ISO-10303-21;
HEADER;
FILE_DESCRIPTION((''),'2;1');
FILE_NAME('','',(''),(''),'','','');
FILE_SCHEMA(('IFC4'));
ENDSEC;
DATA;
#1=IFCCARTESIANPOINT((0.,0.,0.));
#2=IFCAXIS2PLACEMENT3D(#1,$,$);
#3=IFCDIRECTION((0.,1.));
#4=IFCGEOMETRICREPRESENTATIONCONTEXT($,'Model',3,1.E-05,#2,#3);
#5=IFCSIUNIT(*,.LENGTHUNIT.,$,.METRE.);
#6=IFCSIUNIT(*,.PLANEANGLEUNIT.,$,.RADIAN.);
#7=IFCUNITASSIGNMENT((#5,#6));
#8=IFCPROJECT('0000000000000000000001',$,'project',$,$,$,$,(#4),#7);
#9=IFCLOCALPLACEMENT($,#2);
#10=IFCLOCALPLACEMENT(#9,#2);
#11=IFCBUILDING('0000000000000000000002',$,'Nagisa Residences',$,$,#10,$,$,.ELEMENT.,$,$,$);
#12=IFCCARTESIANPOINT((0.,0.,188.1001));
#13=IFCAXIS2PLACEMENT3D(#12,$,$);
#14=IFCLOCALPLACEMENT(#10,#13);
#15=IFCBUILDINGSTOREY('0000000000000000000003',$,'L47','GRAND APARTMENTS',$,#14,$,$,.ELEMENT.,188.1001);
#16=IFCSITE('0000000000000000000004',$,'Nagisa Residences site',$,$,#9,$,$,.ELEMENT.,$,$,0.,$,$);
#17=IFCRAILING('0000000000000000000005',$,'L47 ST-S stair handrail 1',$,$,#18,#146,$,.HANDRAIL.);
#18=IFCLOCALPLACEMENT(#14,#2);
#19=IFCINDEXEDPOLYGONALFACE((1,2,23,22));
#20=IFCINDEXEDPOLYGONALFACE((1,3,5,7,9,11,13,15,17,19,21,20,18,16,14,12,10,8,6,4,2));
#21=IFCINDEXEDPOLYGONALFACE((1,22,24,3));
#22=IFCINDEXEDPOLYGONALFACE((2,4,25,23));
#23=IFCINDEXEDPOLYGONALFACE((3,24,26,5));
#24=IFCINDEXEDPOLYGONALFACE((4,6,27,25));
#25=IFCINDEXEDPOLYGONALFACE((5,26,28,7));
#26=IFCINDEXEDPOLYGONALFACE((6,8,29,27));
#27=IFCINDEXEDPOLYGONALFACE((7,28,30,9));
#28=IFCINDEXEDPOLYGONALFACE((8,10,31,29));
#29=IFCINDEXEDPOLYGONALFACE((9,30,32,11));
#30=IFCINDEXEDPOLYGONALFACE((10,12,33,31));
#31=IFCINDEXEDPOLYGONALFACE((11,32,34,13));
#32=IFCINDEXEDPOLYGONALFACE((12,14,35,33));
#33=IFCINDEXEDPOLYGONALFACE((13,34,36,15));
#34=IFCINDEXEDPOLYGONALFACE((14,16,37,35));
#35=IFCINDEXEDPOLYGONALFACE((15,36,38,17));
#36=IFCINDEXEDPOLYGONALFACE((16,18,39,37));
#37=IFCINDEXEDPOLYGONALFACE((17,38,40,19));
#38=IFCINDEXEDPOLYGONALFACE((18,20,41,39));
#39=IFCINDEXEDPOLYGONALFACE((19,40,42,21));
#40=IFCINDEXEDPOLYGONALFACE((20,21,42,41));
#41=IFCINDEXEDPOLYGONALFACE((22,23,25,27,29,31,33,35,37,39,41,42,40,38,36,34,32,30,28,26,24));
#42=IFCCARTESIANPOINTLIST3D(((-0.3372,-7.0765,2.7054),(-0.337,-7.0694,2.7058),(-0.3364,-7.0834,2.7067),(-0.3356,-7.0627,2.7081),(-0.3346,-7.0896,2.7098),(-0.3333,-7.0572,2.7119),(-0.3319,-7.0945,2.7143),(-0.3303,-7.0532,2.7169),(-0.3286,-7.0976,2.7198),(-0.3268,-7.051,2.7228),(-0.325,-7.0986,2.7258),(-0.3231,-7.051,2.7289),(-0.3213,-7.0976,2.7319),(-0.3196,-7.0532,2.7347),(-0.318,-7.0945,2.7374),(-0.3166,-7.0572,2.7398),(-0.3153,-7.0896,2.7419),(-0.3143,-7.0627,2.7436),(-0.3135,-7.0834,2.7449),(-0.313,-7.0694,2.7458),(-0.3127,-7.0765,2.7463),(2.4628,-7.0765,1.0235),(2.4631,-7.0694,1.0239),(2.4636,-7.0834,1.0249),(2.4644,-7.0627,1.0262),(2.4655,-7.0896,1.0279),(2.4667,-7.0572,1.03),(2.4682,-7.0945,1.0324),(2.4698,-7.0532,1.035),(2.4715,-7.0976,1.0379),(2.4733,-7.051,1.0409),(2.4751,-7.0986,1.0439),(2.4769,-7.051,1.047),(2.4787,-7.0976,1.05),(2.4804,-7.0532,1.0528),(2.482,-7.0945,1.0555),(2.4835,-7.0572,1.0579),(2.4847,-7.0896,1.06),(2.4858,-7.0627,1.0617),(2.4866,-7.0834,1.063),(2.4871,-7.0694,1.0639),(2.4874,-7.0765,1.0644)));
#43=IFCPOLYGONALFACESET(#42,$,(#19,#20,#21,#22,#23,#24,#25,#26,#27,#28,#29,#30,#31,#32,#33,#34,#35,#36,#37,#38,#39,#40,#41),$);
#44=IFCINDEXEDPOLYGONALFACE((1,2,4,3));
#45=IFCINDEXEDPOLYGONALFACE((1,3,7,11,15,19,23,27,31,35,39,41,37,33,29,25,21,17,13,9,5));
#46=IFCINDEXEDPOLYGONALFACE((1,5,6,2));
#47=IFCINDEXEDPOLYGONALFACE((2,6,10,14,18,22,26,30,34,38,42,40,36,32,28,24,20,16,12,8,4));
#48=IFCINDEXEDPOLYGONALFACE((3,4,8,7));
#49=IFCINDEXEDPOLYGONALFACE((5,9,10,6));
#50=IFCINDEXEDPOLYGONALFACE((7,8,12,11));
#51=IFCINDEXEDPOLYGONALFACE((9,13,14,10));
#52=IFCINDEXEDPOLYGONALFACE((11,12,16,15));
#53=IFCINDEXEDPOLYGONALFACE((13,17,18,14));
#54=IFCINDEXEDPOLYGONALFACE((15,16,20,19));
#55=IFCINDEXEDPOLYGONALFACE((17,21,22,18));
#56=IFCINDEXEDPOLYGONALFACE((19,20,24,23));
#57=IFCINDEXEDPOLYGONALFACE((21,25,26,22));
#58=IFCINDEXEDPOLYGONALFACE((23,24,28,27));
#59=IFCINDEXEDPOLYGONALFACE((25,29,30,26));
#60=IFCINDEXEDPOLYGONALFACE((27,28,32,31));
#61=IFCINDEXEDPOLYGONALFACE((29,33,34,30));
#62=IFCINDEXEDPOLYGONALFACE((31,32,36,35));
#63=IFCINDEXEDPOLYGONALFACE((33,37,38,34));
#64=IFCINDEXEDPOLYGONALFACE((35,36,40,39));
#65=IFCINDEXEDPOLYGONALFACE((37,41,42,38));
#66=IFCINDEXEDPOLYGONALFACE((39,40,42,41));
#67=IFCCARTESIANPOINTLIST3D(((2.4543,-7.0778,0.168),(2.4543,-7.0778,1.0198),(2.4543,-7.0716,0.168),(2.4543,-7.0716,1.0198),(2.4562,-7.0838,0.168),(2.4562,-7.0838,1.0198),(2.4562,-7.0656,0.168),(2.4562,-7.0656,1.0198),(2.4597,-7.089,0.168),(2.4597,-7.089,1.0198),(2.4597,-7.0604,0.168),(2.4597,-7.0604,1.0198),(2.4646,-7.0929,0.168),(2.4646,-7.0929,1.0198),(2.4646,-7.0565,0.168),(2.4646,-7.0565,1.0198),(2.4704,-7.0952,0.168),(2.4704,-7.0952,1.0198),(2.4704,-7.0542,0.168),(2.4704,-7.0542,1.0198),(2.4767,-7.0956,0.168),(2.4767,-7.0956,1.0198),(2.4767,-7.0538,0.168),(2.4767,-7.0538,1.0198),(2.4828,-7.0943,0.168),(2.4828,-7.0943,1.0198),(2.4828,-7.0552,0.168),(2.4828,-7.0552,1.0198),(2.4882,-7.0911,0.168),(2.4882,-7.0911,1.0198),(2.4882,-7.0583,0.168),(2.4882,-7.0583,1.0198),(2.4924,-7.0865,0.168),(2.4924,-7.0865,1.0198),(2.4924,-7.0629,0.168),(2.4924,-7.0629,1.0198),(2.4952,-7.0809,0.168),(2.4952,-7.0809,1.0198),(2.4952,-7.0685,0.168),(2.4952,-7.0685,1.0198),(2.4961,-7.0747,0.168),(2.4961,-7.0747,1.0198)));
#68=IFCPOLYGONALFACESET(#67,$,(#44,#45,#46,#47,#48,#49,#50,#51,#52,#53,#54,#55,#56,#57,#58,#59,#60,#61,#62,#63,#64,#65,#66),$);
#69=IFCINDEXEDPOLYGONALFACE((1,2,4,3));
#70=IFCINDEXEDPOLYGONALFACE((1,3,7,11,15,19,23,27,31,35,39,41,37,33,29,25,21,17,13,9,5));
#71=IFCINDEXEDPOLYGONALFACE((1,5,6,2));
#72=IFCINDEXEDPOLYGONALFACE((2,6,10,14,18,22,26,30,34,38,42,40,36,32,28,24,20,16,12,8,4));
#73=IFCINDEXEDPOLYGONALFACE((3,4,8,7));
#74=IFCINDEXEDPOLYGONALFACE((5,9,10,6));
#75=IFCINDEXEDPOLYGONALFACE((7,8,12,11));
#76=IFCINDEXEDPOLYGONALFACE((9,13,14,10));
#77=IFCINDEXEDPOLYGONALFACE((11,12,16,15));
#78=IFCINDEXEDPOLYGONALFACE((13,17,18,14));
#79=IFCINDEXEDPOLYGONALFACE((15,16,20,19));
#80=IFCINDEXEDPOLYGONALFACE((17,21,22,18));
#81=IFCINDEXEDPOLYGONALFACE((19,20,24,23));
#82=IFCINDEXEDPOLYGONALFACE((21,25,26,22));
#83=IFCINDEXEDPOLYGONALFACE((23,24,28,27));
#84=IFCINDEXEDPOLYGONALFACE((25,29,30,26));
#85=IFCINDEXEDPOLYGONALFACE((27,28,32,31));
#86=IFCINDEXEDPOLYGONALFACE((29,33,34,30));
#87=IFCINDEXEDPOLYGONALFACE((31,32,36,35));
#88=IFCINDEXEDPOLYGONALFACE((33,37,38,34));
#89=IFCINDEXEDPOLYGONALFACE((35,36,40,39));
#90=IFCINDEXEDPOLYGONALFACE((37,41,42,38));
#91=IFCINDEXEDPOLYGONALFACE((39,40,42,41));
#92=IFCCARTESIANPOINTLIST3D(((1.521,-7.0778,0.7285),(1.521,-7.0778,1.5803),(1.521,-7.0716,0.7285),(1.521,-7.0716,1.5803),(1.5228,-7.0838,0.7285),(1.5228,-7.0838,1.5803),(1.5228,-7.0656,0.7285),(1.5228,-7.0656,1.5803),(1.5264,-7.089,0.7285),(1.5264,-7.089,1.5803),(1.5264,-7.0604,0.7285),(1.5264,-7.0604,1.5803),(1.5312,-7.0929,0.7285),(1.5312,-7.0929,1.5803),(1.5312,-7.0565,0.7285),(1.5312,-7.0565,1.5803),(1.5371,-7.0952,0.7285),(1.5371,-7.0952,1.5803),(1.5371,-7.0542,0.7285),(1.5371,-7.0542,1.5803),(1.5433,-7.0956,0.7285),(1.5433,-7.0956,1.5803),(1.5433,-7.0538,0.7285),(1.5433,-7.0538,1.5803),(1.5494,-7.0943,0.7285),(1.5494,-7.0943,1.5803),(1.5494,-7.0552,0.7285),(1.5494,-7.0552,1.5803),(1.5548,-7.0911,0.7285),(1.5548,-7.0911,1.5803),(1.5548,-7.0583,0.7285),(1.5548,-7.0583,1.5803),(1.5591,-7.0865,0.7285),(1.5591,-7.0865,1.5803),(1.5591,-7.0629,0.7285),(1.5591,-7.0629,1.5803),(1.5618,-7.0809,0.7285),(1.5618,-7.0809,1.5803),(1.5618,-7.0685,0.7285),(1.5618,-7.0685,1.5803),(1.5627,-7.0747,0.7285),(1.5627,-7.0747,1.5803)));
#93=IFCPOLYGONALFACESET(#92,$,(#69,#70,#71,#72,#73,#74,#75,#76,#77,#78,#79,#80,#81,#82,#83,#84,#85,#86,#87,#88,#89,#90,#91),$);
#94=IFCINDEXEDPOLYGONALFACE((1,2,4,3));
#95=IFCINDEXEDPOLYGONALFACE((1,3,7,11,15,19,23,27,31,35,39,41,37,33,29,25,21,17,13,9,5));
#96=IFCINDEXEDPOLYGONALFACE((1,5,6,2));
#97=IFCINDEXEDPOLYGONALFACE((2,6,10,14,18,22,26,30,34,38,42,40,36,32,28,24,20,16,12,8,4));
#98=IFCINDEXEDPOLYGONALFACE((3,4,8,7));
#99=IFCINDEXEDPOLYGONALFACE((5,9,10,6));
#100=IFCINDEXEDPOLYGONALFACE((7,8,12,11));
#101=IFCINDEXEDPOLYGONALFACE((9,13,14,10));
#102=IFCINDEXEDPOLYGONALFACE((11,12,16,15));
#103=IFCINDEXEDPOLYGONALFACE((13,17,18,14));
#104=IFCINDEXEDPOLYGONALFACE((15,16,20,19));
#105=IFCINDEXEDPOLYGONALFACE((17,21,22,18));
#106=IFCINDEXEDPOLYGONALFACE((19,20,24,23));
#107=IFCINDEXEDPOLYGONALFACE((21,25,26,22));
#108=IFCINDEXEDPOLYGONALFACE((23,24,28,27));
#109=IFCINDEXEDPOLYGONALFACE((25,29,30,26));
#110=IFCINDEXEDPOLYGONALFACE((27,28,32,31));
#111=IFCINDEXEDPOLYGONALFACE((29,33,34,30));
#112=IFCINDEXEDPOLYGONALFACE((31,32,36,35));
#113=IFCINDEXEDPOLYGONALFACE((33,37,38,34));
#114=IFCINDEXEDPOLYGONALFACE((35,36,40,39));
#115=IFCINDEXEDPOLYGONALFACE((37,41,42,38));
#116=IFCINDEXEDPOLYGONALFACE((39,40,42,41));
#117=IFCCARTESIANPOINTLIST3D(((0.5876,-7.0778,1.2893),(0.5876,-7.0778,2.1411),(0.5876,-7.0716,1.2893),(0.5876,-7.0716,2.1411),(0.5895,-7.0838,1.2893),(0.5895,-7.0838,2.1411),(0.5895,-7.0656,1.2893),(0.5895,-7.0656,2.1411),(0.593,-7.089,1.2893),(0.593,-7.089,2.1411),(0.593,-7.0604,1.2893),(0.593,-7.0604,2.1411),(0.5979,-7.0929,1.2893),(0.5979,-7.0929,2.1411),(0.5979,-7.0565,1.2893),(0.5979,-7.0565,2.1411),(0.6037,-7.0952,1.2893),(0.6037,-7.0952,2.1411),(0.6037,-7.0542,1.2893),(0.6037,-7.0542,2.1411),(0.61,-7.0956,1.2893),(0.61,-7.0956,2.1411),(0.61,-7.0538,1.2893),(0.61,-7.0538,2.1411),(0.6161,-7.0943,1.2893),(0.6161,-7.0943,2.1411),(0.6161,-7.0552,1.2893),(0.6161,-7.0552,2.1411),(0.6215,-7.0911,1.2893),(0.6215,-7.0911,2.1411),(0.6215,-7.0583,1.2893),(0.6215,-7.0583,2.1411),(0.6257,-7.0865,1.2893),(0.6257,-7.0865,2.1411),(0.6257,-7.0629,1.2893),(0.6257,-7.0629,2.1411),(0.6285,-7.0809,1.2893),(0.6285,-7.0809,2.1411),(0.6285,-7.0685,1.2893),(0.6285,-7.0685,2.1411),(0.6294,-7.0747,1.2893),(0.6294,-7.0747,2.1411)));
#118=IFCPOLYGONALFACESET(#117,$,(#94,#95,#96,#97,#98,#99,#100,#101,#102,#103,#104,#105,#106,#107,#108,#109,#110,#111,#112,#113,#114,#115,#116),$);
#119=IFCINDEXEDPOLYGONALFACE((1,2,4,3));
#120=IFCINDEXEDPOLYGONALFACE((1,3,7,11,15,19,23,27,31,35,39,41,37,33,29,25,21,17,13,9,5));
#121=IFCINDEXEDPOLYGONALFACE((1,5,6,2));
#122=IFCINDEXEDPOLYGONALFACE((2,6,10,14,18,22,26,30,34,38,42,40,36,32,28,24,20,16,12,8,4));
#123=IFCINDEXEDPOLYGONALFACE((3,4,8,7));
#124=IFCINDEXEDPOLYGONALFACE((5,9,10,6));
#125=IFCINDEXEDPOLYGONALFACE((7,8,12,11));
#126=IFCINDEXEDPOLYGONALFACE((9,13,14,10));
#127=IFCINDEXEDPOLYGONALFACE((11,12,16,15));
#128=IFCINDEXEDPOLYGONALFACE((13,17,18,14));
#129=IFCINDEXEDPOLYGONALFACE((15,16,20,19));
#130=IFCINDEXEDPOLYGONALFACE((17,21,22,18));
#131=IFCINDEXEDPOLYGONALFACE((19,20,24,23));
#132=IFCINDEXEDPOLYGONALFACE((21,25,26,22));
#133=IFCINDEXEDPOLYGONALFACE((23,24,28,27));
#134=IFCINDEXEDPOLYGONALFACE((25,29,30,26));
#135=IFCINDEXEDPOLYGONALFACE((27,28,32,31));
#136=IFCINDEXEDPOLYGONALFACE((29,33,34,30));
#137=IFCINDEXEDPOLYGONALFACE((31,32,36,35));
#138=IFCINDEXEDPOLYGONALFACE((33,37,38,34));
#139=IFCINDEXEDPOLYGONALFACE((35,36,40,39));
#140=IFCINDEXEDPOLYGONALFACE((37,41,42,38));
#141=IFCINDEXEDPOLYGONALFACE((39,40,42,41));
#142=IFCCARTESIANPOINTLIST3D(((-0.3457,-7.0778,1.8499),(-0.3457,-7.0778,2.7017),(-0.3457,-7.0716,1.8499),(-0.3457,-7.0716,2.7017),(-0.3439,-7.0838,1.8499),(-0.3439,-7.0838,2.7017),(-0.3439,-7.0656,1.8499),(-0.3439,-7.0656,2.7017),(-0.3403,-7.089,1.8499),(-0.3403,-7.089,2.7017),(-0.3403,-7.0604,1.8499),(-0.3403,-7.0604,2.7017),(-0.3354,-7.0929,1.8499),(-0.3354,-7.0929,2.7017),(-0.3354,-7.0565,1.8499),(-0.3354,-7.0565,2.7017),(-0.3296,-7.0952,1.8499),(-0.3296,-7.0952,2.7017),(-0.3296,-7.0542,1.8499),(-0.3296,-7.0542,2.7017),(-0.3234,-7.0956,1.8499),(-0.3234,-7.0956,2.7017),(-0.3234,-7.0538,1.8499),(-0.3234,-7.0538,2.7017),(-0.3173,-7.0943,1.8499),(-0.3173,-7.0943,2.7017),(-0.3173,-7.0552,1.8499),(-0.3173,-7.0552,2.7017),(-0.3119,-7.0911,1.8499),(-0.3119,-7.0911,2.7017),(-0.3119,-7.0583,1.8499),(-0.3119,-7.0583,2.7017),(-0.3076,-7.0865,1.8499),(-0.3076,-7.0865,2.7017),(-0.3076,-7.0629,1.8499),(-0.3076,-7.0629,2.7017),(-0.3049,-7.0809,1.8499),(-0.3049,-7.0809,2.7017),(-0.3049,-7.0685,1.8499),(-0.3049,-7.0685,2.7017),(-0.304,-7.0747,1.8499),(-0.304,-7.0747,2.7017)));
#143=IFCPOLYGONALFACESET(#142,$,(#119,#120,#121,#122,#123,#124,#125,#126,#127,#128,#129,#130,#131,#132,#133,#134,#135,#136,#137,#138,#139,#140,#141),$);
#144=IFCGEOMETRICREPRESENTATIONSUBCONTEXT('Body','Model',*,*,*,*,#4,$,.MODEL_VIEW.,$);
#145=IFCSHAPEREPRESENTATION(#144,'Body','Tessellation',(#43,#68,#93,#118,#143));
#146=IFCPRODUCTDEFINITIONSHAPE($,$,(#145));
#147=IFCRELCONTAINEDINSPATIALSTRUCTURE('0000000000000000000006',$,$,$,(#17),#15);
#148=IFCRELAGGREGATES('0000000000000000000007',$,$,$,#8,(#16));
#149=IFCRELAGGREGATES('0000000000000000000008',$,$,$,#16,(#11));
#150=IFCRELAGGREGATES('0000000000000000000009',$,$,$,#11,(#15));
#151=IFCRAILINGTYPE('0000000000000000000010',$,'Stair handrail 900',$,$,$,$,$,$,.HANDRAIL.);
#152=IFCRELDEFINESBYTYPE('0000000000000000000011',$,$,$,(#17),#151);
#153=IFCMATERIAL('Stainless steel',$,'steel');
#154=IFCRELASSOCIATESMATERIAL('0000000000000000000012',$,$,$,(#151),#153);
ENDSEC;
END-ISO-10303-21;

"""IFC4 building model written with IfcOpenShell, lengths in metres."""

from ifc_helpers import new_model, si_unit, direction, frame, origin, origin_2d, place, context, subcontext, project, spatial, circle, extrude, material, type_object, element, save


model = new_model("IFC4")

# Units and contexts
model_context = context("Model", 3, precision=1e-05, world=origin(), true_north=direction((0.0, 1.0)))
body_context = subcontext(model_context, "Body", "Model", "MODEL_VIEW")
ifc_project = project(units=[si_unit("LENGTHUNIT", "METRE"), si_unit("PLANEANGLEUNIT", "RADIAN")], contexts=[model_context])

# Site, building, storey
site_placement = place(None, origin())
site = spatial("IfcSite", under=ifc_project, at=site_placement, Name="Nagisa Residences site", CompositionType="ELEMENT", RefElevation=0.0)
building_placement = place(site_placement, origin())
building = spatial("IfcBuilding", under=site, at=building_placement, Name="Nagisa Residences", CompositionType="ELEMENT")
storey_placement = place(building_placement, frame((0.0, 0.0, 188.1001)))
storey = spatial("IfcBuildingStorey", under=building, at=storey_placement, Name="L47", Description="GRAND APARTMENTS", CompositionType="ELEMENT", Elevation=188.1001)

# Railing
ifc_material_1 = material(Name="Stainless steel", Category="steel")
railing_type_1 = type_object("IfcRailingType", Name="Stair handrail 900", PredefinedType="HANDRAIL", material=ifc_material_1)
railing_1_placement = place(storey_placement, frame((2.4751, -7.0747, 0.168)))
element("IfcRailing", 1, at=railing_1_placement, inside=storey, type_object=railing_type_1, Name="L47 ST-S stair handrail 1", PredefinedType="HANDRAIL", context=body_context, shape_type="SweptSolid", body=[
    extrude(circle(Radius=0.0239, at=origin_2d()), frame((0.0, 0.0, 0.876), z_axis=(-0.857242, 0.0, 0.514913), x_axis=(0.0, -1.0, 0.0)), (0.0, 0.0, 1.0), 3.2664),
    extrude(circle(Radius=0.021, at=origin_2d()), origin(), (0.0, 0.0, 1.0), 0.8518),
    extrude(circle(Radius=0.021, at=origin_2d()), frame((-0.9333, 0.0, 0.5605)), (0.0, 0.0, 1.0), 0.8518),
    extrude(circle(Radius=0.021, at=origin_2d()), frame((-1.8667, 0.0, 1.1213)), (0.0, 0.0, 1.0), 0.8518),
    extrude(circle(Radius=0.021, at=origin_2d()), frame((-2.8, 0.0, 1.6819)), (0.0, 0.0, 1.0), 0.8518),
])

save(model, "model.ifc")
